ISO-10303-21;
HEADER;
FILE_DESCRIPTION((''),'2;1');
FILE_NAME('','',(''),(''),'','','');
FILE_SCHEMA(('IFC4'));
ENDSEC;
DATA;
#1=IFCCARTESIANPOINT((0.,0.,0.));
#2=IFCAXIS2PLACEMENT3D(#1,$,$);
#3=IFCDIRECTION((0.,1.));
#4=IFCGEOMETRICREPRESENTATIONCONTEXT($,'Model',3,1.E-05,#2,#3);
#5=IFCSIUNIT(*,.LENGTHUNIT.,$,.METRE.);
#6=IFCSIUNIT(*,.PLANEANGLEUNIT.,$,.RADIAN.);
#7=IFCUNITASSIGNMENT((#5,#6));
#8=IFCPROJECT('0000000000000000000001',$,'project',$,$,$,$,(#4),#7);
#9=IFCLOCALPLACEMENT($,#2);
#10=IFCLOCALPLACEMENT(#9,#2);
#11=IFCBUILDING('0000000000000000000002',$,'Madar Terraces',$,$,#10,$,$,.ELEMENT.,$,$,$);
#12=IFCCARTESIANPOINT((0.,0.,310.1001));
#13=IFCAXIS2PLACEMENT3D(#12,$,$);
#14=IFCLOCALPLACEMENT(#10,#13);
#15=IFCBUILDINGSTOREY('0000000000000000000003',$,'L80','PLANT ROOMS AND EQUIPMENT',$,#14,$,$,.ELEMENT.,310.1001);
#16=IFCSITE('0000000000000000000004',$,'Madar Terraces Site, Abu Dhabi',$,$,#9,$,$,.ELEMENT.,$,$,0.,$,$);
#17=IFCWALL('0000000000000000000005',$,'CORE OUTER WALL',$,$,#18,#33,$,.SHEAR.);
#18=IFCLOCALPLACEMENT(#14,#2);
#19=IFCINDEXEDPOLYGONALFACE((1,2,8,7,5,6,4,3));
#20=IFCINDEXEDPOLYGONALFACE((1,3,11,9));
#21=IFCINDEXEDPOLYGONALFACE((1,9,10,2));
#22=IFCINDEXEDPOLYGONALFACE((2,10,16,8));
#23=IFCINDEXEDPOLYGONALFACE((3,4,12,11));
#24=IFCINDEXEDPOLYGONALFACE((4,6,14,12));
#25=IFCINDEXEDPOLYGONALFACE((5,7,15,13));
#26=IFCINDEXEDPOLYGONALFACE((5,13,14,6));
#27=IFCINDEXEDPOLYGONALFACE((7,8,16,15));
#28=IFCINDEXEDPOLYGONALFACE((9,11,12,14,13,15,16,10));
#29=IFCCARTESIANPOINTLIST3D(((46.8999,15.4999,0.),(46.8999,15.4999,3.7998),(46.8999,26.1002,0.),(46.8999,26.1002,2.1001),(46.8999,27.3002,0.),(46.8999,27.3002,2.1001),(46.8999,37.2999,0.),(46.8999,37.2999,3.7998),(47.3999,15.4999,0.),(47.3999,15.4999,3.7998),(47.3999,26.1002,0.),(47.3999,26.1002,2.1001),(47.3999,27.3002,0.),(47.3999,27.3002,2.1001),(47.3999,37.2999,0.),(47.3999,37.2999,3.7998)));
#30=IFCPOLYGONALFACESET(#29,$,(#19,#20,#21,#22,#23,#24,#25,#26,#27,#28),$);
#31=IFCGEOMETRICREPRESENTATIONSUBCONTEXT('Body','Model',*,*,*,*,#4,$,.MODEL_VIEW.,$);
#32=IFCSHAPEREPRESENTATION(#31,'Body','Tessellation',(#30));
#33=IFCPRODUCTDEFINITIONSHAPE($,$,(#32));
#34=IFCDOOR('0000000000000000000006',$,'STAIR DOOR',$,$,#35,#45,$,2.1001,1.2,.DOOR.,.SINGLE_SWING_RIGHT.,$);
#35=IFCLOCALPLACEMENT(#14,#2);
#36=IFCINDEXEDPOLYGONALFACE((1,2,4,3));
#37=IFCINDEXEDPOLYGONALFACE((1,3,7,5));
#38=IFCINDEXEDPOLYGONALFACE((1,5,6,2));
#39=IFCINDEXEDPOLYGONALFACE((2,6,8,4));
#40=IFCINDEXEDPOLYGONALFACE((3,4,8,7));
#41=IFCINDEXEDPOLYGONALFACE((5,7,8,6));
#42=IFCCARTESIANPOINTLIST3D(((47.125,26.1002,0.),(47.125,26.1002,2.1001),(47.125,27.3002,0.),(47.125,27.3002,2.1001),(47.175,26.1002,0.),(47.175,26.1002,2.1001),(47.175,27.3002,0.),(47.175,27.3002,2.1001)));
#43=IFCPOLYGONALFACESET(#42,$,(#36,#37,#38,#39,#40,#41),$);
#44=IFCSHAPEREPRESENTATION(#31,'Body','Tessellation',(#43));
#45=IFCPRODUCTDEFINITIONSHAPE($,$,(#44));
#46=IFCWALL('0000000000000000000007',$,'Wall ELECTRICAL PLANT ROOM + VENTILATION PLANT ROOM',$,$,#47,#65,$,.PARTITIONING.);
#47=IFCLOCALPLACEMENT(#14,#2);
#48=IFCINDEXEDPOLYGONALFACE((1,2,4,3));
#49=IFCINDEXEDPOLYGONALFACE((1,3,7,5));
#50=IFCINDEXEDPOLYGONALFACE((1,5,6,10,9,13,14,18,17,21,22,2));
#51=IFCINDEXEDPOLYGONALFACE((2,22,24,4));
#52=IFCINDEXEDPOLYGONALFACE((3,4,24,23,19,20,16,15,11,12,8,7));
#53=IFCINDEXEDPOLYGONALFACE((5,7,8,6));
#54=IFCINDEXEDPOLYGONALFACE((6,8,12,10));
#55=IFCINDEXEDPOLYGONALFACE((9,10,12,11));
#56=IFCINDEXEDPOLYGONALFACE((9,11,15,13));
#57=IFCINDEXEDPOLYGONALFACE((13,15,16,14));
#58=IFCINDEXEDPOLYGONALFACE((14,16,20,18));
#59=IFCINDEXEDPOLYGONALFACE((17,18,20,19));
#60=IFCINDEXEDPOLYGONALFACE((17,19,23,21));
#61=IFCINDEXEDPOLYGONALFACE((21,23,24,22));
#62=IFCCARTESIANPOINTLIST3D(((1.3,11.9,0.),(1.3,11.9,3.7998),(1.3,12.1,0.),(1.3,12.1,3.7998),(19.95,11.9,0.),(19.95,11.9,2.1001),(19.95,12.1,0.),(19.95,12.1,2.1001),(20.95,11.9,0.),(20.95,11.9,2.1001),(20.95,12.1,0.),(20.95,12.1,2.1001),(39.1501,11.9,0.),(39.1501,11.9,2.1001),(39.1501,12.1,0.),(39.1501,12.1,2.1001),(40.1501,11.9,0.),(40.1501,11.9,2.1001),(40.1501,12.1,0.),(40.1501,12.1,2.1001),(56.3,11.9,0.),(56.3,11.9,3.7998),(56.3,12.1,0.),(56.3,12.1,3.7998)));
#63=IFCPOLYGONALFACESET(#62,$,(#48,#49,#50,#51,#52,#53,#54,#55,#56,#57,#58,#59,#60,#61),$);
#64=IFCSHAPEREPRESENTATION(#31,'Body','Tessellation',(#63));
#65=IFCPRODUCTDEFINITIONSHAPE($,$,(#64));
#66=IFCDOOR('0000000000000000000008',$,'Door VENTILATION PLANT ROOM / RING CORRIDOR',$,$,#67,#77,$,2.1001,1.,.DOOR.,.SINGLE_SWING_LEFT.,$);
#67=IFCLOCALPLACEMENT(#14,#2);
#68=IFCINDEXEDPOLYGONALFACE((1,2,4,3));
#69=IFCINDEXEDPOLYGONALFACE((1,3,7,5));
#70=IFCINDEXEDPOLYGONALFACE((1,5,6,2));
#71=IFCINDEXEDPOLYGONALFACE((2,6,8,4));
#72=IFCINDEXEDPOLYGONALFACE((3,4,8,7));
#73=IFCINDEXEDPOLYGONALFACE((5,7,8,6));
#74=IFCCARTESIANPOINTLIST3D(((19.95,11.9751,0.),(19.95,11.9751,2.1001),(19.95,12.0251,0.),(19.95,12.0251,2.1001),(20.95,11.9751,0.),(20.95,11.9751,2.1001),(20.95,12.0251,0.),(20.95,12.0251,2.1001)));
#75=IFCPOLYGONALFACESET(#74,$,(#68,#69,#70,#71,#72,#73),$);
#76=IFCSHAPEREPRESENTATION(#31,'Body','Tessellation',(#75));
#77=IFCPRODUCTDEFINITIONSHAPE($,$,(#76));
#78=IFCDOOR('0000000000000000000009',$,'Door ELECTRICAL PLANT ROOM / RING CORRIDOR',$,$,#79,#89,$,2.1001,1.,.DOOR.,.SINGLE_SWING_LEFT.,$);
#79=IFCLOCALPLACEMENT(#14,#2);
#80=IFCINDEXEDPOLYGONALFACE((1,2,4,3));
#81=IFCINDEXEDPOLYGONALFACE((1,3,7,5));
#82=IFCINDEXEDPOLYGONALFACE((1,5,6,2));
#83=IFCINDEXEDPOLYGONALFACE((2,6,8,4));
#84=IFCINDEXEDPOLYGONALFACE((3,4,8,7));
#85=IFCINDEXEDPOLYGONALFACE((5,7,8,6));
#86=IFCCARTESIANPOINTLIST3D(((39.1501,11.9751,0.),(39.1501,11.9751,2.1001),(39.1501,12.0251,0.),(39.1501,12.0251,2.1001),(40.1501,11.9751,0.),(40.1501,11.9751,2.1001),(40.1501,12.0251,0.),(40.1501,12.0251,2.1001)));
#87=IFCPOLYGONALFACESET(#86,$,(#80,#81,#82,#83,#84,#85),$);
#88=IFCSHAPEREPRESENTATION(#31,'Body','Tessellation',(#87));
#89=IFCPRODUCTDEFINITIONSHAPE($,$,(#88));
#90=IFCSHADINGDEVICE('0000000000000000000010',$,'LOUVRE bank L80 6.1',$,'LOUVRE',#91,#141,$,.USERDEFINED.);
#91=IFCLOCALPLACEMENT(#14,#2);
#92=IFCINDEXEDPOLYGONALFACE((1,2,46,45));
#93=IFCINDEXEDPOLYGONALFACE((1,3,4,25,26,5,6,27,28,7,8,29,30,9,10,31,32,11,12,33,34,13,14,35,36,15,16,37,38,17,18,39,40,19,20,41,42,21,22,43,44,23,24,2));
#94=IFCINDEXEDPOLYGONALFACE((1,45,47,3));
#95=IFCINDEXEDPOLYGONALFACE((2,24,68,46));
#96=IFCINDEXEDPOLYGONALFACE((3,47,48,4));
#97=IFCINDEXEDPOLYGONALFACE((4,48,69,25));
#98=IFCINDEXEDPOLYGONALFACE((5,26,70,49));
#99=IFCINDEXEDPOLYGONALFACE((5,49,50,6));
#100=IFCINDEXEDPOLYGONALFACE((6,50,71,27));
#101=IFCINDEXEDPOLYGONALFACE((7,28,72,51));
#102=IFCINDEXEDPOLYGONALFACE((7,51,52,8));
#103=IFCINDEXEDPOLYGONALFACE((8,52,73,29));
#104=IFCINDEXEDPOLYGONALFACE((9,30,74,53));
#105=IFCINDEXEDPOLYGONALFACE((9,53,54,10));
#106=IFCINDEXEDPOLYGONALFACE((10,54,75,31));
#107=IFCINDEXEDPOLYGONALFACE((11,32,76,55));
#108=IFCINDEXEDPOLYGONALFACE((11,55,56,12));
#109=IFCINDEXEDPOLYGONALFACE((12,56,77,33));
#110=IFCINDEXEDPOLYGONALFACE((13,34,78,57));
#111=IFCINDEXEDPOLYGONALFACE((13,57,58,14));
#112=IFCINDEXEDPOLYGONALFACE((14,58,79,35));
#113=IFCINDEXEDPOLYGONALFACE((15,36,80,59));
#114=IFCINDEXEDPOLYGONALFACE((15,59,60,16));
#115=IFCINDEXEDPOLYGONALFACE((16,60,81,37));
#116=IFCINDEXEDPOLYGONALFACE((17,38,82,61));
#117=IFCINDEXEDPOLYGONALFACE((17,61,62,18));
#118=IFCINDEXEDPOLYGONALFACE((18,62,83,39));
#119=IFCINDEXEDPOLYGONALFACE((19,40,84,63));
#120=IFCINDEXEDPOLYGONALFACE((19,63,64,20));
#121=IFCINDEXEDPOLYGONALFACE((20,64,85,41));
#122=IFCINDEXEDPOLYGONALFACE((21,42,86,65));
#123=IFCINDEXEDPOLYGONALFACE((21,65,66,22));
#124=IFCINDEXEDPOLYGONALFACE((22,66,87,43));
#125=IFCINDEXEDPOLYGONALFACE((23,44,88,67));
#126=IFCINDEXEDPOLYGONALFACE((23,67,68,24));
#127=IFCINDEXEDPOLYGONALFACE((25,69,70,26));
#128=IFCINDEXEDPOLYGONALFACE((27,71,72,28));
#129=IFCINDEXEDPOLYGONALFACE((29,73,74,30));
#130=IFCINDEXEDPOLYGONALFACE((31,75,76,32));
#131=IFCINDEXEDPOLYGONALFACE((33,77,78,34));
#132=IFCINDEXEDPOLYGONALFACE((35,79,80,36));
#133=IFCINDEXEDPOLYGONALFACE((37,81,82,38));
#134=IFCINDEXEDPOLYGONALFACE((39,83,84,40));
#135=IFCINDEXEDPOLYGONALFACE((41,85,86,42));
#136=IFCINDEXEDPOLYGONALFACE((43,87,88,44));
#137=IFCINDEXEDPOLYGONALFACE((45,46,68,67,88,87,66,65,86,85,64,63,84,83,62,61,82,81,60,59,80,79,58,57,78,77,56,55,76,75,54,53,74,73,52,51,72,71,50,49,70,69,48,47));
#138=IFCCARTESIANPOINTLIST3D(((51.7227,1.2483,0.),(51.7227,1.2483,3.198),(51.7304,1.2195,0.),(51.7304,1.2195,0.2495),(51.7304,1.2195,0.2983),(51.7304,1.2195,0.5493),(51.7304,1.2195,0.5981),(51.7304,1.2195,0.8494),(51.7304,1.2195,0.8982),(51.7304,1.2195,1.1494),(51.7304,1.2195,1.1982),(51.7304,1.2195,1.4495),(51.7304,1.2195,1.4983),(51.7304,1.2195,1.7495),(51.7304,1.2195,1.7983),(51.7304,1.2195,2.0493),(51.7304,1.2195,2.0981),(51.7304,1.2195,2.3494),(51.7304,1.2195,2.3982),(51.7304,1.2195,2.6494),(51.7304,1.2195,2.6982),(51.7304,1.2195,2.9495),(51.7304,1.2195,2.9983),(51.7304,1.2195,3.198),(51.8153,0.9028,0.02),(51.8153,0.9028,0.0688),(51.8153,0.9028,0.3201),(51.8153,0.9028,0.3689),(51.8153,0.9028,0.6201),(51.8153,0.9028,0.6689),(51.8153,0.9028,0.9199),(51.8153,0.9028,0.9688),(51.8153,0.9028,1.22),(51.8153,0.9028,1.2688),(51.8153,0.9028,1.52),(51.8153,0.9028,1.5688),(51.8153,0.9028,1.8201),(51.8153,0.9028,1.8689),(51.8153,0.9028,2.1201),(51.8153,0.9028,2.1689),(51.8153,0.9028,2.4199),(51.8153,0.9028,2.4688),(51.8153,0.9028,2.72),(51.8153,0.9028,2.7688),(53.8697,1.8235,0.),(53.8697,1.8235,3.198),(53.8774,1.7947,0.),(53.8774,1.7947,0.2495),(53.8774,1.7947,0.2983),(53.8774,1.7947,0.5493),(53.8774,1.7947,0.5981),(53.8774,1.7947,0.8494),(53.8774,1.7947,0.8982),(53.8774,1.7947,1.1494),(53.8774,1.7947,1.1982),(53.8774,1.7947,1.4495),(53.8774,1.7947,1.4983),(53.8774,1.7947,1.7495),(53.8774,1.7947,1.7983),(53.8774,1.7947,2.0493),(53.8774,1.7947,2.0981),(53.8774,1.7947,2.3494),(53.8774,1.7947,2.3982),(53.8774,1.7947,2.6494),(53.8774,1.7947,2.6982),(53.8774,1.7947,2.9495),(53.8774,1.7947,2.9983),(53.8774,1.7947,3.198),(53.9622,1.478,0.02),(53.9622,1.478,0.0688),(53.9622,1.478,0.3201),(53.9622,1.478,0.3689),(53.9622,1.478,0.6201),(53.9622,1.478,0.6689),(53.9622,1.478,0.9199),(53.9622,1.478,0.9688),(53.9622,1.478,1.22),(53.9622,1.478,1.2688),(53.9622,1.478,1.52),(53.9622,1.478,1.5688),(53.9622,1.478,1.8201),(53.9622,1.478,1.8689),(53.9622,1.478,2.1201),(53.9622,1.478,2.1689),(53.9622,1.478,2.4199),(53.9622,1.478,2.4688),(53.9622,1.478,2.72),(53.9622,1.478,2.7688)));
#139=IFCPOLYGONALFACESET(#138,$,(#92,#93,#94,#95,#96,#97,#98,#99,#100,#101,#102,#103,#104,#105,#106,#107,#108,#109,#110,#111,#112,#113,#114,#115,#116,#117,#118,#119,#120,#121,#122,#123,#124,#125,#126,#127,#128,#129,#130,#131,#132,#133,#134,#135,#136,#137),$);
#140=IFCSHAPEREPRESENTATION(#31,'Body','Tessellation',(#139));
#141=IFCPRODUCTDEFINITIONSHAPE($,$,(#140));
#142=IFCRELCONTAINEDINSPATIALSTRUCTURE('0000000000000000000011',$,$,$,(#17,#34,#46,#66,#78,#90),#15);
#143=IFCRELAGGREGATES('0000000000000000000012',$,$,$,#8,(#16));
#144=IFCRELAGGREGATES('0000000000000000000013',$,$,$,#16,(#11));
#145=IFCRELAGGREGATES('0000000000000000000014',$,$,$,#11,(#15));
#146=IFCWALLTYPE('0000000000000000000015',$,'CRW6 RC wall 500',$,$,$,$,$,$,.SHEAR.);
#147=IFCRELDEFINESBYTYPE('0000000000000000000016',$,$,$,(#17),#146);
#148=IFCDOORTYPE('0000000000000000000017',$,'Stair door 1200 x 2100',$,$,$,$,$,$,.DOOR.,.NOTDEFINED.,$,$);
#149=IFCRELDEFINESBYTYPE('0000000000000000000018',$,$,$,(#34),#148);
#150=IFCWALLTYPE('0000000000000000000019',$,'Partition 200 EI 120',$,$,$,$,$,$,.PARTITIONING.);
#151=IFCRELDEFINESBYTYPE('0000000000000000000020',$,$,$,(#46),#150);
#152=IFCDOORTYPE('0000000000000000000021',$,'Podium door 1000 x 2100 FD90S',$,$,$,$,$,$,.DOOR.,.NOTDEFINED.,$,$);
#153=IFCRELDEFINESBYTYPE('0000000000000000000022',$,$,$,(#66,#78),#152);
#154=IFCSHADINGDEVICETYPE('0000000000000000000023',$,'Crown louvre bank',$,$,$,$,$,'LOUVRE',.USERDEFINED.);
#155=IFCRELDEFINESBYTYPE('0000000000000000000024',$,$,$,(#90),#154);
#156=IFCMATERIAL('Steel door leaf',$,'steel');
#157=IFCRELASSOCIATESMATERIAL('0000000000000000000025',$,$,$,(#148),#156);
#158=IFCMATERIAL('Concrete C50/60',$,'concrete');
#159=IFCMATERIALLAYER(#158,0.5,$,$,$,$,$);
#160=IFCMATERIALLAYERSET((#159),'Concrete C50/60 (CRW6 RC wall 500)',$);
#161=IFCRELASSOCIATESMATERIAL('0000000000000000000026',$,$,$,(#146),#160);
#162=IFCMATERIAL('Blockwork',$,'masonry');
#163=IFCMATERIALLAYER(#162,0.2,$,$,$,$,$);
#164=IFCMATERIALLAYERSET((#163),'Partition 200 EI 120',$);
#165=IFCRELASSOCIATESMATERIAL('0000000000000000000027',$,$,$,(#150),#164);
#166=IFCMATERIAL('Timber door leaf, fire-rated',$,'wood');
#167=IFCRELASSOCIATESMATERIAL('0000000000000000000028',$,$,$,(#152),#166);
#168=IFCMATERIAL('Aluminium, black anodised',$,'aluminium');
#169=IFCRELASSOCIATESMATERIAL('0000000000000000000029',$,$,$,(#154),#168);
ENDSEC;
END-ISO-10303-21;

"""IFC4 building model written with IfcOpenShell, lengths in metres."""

from ifc_helpers import new_model, si_unit, direction, frame, frame_2d, origin, place, context, subcontext, project, spatial, polyline, rectangle, outline, extrude, material, layer, layer_set, type_object, element, fill, save


model = new_model("IFC4")

# Units and contexts
model_context = context("Model", 3, precision=1e-05, world=origin(), true_north=direction((0.0, 1.0)))
body_context = subcontext(model_context, "Body", "Model", "MODEL_VIEW")
ifc_project = project(units=[si_unit("LENGTHUNIT", "METRE"), si_unit("PLANEANGLEUNIT", "RADIAN")], contexts=[model_context])

# Site, building, storey
site_placement = place(None, origin())
site = spatial("IfcSite", under=ifc_project, at=site_placement, Name="Madar Terraces Site, Abu Dhabi", CompositionType="ELEMENT", RefElevation=0.0)
building_placement = place(site_placement, origin())
building = spatial("IfcBuilding", under=site, at=building_placement, Name="Madar Terraces", CompositionType="ELEMENT")
storey_placement = place(building_placement, frame((0.0, 0.0, 310.1001)))
storey = spatial("IfcBuildingStorey", under=building, at=storey_placement, Name="L80", Description="PLANT ROOMS AND EQUIPMENT", CompositionType="ELEMENT", Elevation=310.1001)

# Wall, opening, door
ifc_material_1 = material(Name="Steel door leaf", Category="steel")
door_type_1 = type_object("IfcDoorType", Name="Stair door 1200 x 2100", OperationType="NOTDEFINED", PredefinedType="DOOR", material=ifc_material_1)
ifc_material_2 = material(Name="Concrete C50/60", Category="concrete")
ifc_layer_1 = layer(ifc_material_2, 0.5)
ifc_layer_set_1 = layer_set([ifc_layer_1], Name="Concrete C50/60 (CRW6 RC wall 500)")
wall_type_1 = type_object("IfcWallType", Name="CRW6 RC wall 500", PredefinedType="SHEAR", material=ifc_layer_set_1)
wall_1_placement = place(storey_placement, frame((47.1499, 15.5, 0.0), z_axis=(0.0, 0.0, 1.0), x_axis=(0.0, 1.0, 0.0)))
wall_1 = element("IfcWall", 1, at=wall_1_placement, inside=storey, type_object=wall_type_1, Name="CORE OUTER WALL", PredefinedType="SHEAR", context=body_context, shape_type="SweptSolid", body=[
    extrude(rectangle(XDim=21.8, YDim=0.5, at=frame_2d((10.8999, 0.0))), origin(), (0.0, 0.0, 1.0), 3.7998),
])
opening_1_placement = place(wall_1_placement, frame((10.6001, 0.0, 0.0)))
opening_1 = element("IfcOpeningElement", 2, at=opening_1_placement, cuts=wall_1, PredefinedType="OPENING", context=body_context, shape_type="SweptSolid", body=[
    extrude(rectangle(XDim=1.2, YDim=2.1001, at=frame_2d((0.6001, 1.05))), frame((0.0, 0.26, 0.0), z_axis=(0.0, -1.0, 0.0), x_axis=(1.0, 0.0, 0.0)), (0.0, 0.0, 1.0), 0.52),
])
door_1_placement = place(opening_1_placement, origin())
door_1 = element("IfcDoor", 3, at=door_1_placement, inside=storey, type_object=door_type_1, Name="STAIR DOOR", OperationType="SINGLE_SWING_RIGHT", OverallHeight=2.1001, OverallWidth=1.2, PredefinedType="DOOR", context=body_context, shape_type="SweptSolid", body=[
    extrude(rectangle(XDim=1.2, YDim=2.1001, at=frame_2d((0.6001, 1.05))), frame((0.0, 0.0249, 0.0), z_axis=(0.0, -1.0, 0.0), x_axis=(1.0, 0.0, 0.0)), (0.0, 0.0, 1.0), 0.05),
])
fill(opening_1, door_1)

# Wall, openings, doors
ifc_material_3 = material(Name="Blockwork", Category="masonry")
ifc_layer_2 = layer(ifc_material_3, 0.2)
ifc_layer_set_2 = layer_set([ifc_layer_2], Name="Partition 200 EI 120")
wall_type_2 = type_object("IfcWallType", Name="Partition 200 EI 120", PredefinedType="PARTITIONING", material=ifc_layer_set_2)
wall_2_placement = place(storey_placement, frame((56.3, 12.0, 0.0), z_axis=(0.0, 0.0, 1.0), x_axis=(-1.0, 0.0, 0.0)))
wall_2 = element("IfcWall", 4, at=wall_2_placement, inside=storey, type_object=wall_type_2, Name="Wall ELECTRICAL PLANT ROOM + VENTILATION PLANT ROOM", PredefinedType="PARTITIONING", context=body_context, shape_type="SweptSolid", body=[
    extrude(rectangle(XDim=55.0, YDim=0.2, at=frame_2d((27.5, 0.0))), origin(), (0.0, 0.0, 1.0), 3.7998),
])
opening_2_placement = place(wall_2_placement, frame((35.3501, 0.0, 0.0)))
opening_2 = element("IfcOpeningElement", 5, at=opening_2_placement, cuts=wall_2, PredefinedType="OPENING", context=body_context, shape_type="SweptSolid", body=[
    extrude(rectangle(XDim=1.0, YDim=2.1001, at=frame_2d((0.5, 1.05))), frame((0.0, 0.1099, 0.0), z_axis=(0.0, -1.0, 0.0), x_axis=(1.0, 0.0, 0.0)), (0.0, 0.0, 1.0), 0.22),
])
opening_3_placement = place(wall_2_placement, frame((16.1499, 0.0, 0.0)))
opening_3 = element("IfcOpeningElement", 6, at=opening_3_placement, cuts=wall_2, PredefinedType="OPENING", context=body_context, shape_type="SweptSolid", body=[
    extrude(rectangle(XDim=1.0, YDim=2.1001, at=frame_2d((0.5, 1.05))), frame((0.0, 0.1099, 0.0), z_axis=(0.0, -1.0, 0.0), x_axis=(1.0, 0.0, 0.0)), (0.0, 0.0, 1.0), 0.22),
])
ifc_material_4 = material(Name="Timber door leaf, fire-rated", Category="wood")
door_type_2 = type_object("IfcDoorType", Name="Podium door 1000 x 2100 FD90S", OperationType="NOTDEFINED", PredefinedType="DOOR", material=ifc_material_4)
door_2_placement = place(opening_2_placement, origin())
door_2 = element("IfcDoor", 7, at=door_2_placement, inside=storey, type_object=door_type_2, Name="Door VENTILATION PLANT ROOM / RING CORRIDOR", OperationType="SINGLE_SWING_LEFT", OverallHeight=2.1001, OverallWidth=1.0, PredefinedType="DOOR", context=body_context, shape_type="SweptSolid", body=[
    extrude(rectangle(XDim=1.0, YDim=2.1001, at=frame_2d((0.5, 1.05))), frame((0.0, 0.0249, 0.0), z_axis=(0.0, -1.0, 0.0), x_axis=(1.0, 0.0, 0.0)), (0.0, 0.0, 1.0), 0.05),
])
fill(opening_2, door_2)
door_3_placement = place(opening_3_placement, origin())
door_3 = element("IfcDoor", 8, at=door_3_placement, inside=storey, type_object=door_type_2, Name="Door ELECTRICAL PLANT ROOM / RING CORRIDOR", OperationType="SINGLE_SWING_LEFT", OverallHeight=2.1001, OverallWidth=1.0, PredefinedType="DOOR", context=body_context, shape_type="SweptSolid", body=[
    extrude(rectangle(XDim=1.0, YDim=2.1001, at=frame_2d((0.5, 1.05))), frame((0.0, 0.0249, 0.0), z_axis=(0.0, -1.0, 0.0), x_axis=(1.0, 0.0, 0.0)), (0.0, 0.0, 1.0), 0.05),
])
fill(opening_3, door_3)

# Shading device
ifc_material_5 = material(Name="Aluminium, black anodised", Category="aluminium")
shading_device_type = type_object("IfcShadingDeviceType", Name="Crown louvre bank", ElementType="LOUVRE", PredefinedType="USERDEFINED", material=ifc_material_5)
shading_device_1_placement = place(storey_placement, frame((51.7266, 1.2339, 0.0), z_axis=(0.965935, 0.258784, 0.0), x_axis=(-0.258784, 0.965935, 0.0)))
element("IfcShadingDevice", 9, at=shading_device_1_placement, inside=storey, type_object=shading_device_type, Name="LOUVRE bank L80 6.1", ObjectType="LOUVRE", PredefinedType="USERDEFINED", context=body_context, shape_type="SweptSolid", body=[
    extrude(outline(polyline([(0.0149, 0.0), (-0.0149, 0.0), (-0.0149, 0.2495), (-0.3428, 0.02), (-0.3428, 0.0688), (-0.0149, 0.2983), (-0.0149, 0.5493), (-0.3428, 0.3201), (-0.3428, 0.3689), (-0.0149, 0.5981), (-0.0149, 0.8494), (-0.3428, 0.6201), (-0.3428, 0.6689), (-0.0149, 0.8982), (-0.0149, 1.1494), (-0.3428, 0.9199), (-0.3428, 0.9688), (-0.0149, 1.1982), (-0.0149, 1.4495), (-0.3428, 1.22), (-0.3428, 1.2688), (-0.0149, 1.4983), (-0.0149, 1.7495), (-0.3428, 1.52), (-0.3428, 1.5688), (-0.0149, 1.7983), (-0.0149, 2.0493), (-0.3428, 1.8201), (-0.3428, 1.8689), (-0.0149, 2.0981), (-0.0149, 2.3494), (-0.3428, 2.1201), (-0.3428, 2.1689), (-0.0149, 2.3982), (-0.0149, 2.6494), (-0.3428, 2.4199), (-0.3428, 2.4688), (-0.0149, 2.6982), (-0.0149, 2.9495), (-0.3428, 2.72), (-0.3428, 2.7688), (-0.0149, 2.9983), (-0.0149, 3.198), (0.0149, 3.198), (0.0149, 0.0)])), origin(), (0.0, 0.0, 1.0), 2.2227),
])

save(model, "model.ifc")
